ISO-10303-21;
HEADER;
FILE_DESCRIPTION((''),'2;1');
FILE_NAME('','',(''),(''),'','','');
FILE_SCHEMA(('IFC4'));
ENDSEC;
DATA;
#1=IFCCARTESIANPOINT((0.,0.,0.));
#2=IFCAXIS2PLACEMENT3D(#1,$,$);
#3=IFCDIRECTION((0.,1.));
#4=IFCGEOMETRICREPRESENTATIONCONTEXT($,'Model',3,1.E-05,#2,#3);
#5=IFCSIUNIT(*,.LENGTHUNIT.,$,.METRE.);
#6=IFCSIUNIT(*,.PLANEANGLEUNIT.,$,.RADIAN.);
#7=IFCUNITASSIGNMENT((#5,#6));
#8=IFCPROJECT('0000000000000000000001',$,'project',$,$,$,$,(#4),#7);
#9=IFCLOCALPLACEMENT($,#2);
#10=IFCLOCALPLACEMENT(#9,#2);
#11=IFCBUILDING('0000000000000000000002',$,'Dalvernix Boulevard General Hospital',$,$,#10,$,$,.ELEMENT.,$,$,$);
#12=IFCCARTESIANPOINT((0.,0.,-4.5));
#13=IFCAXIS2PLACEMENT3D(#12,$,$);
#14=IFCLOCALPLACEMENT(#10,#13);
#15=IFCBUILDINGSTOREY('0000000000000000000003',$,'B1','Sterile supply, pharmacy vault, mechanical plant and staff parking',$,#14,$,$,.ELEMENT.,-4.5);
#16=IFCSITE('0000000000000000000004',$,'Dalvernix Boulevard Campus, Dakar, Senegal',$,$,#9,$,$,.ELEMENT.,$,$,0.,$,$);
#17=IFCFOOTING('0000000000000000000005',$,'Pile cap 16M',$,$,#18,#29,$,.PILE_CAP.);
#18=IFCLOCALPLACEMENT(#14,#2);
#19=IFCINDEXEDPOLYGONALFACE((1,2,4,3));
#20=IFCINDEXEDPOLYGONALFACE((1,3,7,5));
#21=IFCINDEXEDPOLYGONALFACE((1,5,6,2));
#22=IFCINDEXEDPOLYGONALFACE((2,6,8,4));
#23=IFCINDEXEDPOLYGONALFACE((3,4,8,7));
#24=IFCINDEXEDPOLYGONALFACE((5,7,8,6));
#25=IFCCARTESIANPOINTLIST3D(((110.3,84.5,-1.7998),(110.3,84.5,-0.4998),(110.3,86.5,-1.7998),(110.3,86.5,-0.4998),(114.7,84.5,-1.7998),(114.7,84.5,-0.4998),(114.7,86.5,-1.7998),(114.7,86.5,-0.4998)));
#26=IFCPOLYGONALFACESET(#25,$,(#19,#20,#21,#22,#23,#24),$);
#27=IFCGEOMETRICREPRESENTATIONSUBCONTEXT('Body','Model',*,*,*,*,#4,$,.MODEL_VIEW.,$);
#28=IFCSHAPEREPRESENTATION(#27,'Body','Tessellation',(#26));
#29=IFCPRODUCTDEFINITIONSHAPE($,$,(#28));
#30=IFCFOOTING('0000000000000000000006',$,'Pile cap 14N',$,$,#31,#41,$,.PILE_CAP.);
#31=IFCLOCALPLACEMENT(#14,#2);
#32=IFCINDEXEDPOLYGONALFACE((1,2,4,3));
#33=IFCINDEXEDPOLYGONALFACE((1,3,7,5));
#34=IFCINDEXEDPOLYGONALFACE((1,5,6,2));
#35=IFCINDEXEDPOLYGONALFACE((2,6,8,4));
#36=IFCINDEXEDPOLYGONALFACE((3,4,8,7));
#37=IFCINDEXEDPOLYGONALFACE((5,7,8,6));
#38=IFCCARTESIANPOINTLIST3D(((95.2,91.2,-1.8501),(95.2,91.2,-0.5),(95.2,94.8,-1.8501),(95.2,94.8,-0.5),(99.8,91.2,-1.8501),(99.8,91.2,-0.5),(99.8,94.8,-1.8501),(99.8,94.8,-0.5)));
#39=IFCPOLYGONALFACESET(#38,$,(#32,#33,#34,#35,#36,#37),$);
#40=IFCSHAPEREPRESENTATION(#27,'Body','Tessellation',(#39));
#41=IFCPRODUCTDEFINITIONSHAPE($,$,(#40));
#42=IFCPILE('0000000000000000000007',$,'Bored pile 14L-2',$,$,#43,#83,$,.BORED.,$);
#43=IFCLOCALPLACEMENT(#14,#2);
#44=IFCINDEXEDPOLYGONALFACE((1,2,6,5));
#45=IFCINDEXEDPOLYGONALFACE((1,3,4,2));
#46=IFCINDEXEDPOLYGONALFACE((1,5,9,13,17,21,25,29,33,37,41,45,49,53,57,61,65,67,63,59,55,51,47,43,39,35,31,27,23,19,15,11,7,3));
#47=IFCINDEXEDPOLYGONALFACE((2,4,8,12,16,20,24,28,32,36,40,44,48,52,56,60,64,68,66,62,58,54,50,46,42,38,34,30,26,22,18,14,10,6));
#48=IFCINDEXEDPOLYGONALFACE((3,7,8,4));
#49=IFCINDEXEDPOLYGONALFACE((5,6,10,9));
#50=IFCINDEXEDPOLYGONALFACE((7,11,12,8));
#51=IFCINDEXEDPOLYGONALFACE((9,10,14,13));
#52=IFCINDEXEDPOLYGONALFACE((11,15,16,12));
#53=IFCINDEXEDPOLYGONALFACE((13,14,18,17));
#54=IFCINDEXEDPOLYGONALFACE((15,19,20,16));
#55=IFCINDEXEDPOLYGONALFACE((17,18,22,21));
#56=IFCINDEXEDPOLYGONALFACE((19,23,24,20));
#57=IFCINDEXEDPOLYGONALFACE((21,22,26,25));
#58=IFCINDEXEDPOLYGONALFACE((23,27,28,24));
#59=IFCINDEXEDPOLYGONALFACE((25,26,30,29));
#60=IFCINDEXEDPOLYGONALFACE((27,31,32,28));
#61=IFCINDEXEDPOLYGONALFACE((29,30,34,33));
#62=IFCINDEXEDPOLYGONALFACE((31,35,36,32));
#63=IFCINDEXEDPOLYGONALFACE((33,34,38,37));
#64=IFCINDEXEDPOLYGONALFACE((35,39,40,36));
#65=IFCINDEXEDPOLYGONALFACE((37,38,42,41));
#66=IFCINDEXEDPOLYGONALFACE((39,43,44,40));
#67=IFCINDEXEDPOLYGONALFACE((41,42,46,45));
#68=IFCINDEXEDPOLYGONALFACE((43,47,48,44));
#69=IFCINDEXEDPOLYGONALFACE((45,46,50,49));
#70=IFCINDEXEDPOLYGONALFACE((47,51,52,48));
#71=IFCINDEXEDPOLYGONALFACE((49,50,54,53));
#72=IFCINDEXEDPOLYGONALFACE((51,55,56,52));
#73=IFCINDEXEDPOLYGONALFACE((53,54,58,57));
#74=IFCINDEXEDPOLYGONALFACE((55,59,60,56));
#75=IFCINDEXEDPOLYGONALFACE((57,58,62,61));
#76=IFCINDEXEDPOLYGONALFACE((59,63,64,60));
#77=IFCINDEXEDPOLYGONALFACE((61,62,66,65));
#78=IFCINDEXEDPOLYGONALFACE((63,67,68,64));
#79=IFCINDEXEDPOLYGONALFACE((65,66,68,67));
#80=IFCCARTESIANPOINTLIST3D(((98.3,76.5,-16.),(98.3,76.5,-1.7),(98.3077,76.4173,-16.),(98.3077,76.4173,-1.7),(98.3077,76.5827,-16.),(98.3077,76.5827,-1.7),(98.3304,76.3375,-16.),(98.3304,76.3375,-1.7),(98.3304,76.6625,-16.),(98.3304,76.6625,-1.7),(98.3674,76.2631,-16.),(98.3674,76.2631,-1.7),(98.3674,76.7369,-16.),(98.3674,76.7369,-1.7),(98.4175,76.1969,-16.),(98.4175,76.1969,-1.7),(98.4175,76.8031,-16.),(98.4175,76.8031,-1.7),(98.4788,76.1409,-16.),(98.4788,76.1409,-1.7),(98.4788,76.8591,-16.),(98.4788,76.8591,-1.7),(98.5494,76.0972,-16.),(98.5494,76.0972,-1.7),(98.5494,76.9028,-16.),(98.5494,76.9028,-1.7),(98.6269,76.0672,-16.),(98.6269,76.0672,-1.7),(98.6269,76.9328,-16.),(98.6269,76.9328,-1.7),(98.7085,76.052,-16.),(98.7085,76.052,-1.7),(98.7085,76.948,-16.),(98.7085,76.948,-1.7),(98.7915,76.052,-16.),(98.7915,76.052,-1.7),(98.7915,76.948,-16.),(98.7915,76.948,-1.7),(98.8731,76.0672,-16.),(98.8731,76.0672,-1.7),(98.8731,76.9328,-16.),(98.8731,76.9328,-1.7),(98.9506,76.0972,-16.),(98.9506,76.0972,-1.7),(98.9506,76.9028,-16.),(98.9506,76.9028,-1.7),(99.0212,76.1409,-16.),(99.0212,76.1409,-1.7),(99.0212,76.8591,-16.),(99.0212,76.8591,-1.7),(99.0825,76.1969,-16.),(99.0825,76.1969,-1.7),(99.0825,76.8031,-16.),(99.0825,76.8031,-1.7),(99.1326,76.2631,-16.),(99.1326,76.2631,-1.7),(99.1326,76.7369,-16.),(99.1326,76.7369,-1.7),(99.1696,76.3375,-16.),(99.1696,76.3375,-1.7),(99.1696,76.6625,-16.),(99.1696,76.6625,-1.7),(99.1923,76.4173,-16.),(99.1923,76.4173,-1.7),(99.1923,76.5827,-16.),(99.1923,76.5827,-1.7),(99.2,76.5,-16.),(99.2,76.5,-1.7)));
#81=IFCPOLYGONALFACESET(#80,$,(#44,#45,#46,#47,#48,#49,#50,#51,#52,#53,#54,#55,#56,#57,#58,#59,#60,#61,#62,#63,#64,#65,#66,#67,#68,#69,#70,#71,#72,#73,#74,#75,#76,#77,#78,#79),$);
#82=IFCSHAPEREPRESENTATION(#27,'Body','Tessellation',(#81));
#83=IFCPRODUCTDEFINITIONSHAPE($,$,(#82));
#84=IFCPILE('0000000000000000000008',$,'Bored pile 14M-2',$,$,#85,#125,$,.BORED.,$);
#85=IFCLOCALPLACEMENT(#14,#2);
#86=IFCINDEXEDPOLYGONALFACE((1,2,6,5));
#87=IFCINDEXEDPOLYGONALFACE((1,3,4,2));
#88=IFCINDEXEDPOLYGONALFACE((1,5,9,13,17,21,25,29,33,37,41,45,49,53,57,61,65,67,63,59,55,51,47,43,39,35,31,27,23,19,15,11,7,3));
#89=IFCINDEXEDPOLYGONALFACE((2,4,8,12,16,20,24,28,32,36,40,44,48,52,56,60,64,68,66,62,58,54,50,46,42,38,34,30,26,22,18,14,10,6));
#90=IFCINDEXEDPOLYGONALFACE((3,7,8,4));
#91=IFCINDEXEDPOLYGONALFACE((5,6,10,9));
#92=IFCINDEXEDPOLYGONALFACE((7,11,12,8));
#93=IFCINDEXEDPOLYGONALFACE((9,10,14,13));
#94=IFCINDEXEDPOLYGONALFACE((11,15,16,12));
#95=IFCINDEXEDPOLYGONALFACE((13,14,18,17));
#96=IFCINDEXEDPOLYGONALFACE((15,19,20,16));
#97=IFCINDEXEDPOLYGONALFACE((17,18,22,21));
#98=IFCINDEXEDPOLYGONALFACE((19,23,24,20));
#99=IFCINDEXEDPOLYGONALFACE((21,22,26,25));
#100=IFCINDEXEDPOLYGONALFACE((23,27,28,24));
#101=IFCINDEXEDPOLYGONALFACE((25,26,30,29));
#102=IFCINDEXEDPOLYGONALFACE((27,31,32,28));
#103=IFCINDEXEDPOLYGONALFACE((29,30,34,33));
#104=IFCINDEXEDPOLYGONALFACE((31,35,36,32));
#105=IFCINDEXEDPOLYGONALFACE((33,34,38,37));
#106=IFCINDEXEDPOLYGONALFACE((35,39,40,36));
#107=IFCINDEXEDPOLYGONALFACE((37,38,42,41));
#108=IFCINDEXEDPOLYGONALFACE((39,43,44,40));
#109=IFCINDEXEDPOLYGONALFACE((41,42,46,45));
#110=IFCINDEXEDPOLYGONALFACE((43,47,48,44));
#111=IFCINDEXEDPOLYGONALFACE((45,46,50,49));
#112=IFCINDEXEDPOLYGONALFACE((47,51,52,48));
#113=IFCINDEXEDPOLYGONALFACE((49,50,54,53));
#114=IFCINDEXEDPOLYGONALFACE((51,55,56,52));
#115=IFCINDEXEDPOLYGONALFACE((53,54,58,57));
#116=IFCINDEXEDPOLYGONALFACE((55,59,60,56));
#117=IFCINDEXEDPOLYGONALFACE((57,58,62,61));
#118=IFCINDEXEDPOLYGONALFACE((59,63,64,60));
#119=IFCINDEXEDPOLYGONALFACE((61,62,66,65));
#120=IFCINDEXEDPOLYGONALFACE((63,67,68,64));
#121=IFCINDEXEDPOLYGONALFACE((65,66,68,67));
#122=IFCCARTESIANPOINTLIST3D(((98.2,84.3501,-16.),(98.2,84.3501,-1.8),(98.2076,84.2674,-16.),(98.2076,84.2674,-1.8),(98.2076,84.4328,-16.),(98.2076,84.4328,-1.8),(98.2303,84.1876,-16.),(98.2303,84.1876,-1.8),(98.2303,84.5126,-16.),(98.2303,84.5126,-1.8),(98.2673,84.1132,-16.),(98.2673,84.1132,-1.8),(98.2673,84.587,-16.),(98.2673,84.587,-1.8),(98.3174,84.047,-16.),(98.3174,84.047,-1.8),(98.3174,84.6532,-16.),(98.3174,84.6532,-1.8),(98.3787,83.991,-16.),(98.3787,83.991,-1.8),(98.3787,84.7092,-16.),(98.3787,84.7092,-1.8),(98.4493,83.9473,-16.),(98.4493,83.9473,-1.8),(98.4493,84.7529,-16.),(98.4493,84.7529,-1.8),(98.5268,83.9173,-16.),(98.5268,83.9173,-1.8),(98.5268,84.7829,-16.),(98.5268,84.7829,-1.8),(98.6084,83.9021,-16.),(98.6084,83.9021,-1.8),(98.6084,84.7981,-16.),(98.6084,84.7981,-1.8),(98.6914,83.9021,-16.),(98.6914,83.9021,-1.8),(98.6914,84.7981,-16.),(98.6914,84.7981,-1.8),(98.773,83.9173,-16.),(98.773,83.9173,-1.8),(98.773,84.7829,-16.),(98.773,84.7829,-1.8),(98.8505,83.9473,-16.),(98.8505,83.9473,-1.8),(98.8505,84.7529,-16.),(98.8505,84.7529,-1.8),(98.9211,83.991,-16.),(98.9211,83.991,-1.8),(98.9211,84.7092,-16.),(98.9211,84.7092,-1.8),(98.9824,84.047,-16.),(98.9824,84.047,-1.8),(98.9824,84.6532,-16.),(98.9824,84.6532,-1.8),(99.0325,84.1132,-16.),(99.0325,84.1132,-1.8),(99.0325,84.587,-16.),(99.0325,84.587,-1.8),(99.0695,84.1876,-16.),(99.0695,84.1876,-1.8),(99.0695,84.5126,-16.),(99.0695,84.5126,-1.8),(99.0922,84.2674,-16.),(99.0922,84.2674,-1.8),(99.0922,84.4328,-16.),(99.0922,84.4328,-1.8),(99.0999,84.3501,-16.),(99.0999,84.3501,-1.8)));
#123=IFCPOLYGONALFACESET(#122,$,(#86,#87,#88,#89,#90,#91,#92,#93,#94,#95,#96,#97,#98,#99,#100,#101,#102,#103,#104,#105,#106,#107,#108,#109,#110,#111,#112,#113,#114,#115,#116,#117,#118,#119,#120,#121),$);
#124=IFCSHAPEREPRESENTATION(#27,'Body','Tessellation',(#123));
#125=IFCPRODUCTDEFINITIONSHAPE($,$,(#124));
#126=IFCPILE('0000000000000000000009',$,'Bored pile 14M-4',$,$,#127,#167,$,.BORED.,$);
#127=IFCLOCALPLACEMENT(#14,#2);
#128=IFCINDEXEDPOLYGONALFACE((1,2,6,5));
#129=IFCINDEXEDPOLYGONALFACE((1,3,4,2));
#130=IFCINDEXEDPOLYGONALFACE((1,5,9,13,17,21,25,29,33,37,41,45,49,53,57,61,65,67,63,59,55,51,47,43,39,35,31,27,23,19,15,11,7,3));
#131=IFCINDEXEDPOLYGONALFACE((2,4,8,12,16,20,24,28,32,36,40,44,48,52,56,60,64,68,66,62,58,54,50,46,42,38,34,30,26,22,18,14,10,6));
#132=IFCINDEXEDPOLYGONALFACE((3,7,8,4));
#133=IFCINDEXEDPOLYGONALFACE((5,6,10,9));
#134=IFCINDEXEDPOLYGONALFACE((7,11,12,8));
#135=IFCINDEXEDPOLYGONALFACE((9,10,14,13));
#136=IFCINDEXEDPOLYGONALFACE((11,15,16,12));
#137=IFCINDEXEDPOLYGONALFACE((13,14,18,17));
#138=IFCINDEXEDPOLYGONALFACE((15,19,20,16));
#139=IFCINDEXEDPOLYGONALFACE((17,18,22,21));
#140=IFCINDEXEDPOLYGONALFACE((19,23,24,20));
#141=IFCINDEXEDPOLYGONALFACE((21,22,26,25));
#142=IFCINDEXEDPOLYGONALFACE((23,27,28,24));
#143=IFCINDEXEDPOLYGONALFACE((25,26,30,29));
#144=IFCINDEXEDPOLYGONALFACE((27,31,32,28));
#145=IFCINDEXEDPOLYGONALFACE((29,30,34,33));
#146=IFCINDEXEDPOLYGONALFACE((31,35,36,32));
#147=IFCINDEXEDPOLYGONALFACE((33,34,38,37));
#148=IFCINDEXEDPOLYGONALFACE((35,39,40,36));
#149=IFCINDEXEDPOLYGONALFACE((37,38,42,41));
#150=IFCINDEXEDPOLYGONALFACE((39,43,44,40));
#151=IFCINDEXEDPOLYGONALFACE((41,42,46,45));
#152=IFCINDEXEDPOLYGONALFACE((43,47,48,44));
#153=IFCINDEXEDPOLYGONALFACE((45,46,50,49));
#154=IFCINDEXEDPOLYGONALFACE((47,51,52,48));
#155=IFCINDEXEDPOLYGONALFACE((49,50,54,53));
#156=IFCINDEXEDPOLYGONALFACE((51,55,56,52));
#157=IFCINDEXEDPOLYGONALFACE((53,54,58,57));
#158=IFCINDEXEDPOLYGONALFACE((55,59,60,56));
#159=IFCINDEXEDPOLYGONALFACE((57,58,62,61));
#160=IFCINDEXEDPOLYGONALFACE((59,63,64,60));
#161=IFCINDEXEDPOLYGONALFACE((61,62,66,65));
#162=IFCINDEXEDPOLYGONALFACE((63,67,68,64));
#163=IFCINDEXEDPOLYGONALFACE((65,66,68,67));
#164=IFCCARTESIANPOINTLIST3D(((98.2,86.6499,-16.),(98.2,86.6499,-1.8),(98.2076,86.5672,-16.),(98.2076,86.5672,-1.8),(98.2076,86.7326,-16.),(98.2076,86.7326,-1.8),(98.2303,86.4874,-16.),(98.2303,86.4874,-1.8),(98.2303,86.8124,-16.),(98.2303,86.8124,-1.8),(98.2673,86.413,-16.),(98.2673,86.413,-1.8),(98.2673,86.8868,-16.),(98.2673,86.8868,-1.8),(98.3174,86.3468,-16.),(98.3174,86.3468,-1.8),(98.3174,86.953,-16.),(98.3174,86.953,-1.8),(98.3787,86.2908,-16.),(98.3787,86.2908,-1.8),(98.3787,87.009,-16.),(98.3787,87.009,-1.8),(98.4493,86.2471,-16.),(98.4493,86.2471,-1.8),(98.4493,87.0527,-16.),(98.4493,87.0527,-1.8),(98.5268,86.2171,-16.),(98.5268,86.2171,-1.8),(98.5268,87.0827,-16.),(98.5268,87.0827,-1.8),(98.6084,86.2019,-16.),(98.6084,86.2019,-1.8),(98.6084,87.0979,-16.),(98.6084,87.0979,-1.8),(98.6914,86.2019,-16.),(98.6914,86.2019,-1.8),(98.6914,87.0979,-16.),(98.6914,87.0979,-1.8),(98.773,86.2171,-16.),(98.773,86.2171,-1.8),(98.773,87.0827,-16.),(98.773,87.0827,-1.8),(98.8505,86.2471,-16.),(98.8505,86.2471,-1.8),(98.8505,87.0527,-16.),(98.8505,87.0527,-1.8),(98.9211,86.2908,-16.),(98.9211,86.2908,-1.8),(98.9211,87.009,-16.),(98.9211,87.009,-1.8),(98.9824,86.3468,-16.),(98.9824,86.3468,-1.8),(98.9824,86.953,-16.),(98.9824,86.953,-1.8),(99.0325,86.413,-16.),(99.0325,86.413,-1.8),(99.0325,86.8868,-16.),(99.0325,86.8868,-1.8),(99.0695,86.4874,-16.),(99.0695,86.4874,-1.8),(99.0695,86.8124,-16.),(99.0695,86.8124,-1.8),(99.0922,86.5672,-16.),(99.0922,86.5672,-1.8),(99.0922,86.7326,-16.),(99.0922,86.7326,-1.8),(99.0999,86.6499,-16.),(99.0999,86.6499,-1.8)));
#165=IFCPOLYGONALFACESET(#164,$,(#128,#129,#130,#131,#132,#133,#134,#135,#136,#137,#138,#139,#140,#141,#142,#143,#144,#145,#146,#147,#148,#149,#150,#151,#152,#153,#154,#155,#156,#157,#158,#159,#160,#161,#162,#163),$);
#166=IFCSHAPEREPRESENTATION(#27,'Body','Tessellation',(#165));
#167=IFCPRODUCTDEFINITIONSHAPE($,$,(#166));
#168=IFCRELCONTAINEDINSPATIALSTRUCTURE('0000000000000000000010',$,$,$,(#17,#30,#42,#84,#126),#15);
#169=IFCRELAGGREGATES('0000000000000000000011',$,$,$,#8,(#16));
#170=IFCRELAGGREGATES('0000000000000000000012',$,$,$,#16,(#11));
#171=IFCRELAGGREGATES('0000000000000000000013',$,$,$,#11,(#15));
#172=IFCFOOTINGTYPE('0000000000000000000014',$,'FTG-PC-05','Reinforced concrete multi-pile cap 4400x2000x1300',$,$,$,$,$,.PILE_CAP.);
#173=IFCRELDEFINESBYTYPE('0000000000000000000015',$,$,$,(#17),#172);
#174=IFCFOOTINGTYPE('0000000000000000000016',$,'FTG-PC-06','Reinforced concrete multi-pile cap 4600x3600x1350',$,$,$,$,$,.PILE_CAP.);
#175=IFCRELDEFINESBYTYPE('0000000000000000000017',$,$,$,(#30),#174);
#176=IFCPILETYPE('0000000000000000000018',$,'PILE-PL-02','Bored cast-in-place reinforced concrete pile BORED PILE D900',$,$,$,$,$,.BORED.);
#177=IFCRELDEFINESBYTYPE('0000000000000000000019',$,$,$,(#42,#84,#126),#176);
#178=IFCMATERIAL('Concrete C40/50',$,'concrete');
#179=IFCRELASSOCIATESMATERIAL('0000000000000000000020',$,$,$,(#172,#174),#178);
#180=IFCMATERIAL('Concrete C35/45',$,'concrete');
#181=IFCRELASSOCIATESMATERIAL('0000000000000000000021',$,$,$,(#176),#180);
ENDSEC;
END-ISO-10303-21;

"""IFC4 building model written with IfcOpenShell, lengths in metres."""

from ifc_helpers import new_model, si_unit, direction, frame, origin, origin_2d, place, context, subcontext, project, spatial, rectangle, circle, extrude, material, material_profile, profile_set, type_object, element, save


model = new_model("IFC4")

# Units and contexts
model_context = context("Model", 3, precision=1e-05, world=origin(), true_north=direction((0.0, 1.0)))
body_context = subcontext(model_context, "Body", "Model", "MODEL_VIEW")
ifc_project = project(units=[si_unit("LENGTHUNIT", "METRE"), si_unit("PLANEANGLEUNIT", "RADIAN")], contexts=[model_context])

# Site, building, storey
site_placement = place(None, origin())
site = spatial("IfcSite", under=ifc_project, at=site_placement, Name="Dalvernix Boulevard Campus, Dakar, Senegal", CompositionType="ELEMENT", RefElevation=0.0)
building_placement = place(site_placement, origin())
building = spatial("IfcBuilding", under=site, at=building_placement, Name="Dalvernix Boulevard General Hospital", CompositionType="ELEMENT")
storey_placement = place(building_placement, frame((0.0, 0.0, -4.5)))
storey = spatial("IfcBuildingStorey", under=building, at=storey_placement, Name="B1", Description="Sterile supply, pharmacy vault, mechanical plant and staff parking", CompositionType="ELEMENT", Elevation=-4.5)

# Footings
ifc_material_1 = material(Name="Concrete C35/45", Category="concrete")
ifc_material_2 = material(Name="Concrete C40/50", Category="concrete")
footing_type_1 = type_object("IfcFootingType", Name="FTG-PC-05", Description="Reinforced concrete multi-pile cap 4400x2000x1300", PredefinedType="PILE_CAP", material=ifc_material_2)
for number, where, z_axis, x_axis, name in (
    (1, (112.5, 85.5, -1.7998), (0.0, 0.0, 1.0), (1.0, 0.0, 0.0), "Pile cap 16M"),
):
    element("IfcFooting", number, at=place(storey_placement, frame(where, z_axis=z_axis, x_axis=x_axis)), inside=storey, type_object=footing_type_1, Name=name, PredefinedType="PILE_CAP", context=body_context, shape_type="SweptSolid", body=[
        extrude(rectangle(XDim=4.3999, YDim=2.0, at=origin_2d()), origin(), (0.0, 0.0, 1.0), 1.3),
    ])
footing_type_2 = type_object("IfcFootingType", Name="FTG-PC-06", Description="Reinforced concrete multi-pile cap 4600x3600x1350", PredefinedType="PILE_CAP", material=ifc_material_2)
footing_1_placement = place(storey_placement, frame((97.5, 93.0, -1.8501), z_axis=(0.0, 0.0, 1.0), x_axis=(1.0, 0.0, 0.0)))
element("IfcFooting", 2, at=footing_1_placement, inside=storey, type_object=footing_type_2, Name="Pile cap 14N", PredefinedType="PILE_CAP", context=body_context, shape_type="SweptSolid", body=[
    extrude(rectangle(XDim=4.6001, YDim=3.6001, at=origin_2d()), origin(), (0.0, 0.0, 1.0), 1.3501),
])

# Piles
ifc_material_profile_1 = material_profile(ifc_material_1, circle(Radius=0.45, at=origin_2d()), Name="BORED PILE D900")
ifc_profile_set_1 = profile_set([ifc_material_profile_1], Name="Concrete C35/45")
pile_type = type_object("IfcPileType", Name="PILE-PL-02", Description="Bored cast-in-place reinforced concrete pile BORED PILE D900", PredefinedType="BORED", material=ifc_profile_set_1)
pile_1_placement = place(storey_placement, frame((98.75, 76.5, -1.7), z_axis=(0.0, 0.0, -1.0), x_axis=(1.0, 0.0, 0.0)))
element("IfcPile", 3, at=pile_1_placement, inside=storey, type_object=pile_type, Name="Bored pile 14L-2", PredefinedType="BORED", context=body_context, shape_type="SweptSolid", body=[
    extrude(circle(Radius=0.45, at=origin_2d()), origin(), (0.0, 0.0, 1.0), 14.3),
])
for number, where, z_axis, x_axis, name in (
    (4, (98.6499, 84.3501, -1.8), (0.0, 0.0, -1.0), (1.0, 0.0, 0.0), "Bored pile 14M-2"),
    (5, (98.6499, 86.6499, -1.8), (0.0, 0.0, -1.0), (1.0, 0.0, 0.0), "Bored pile 14M-4"),
):
    element("IfcPile", number, at=place(storey_placement, frame(where, z_axis=z_axis, x_axis=x_axis)), inside=storey, type_object=pile_type, Name=name, PredefinedType="BORED", context=body_context, shape_type="SweptSolid", body=[
        extrude(circle(Radius=0.45, at=origin_2d()), origin(), (0.0, 0.0, 1.0), 14.2),
    ])

save(model, "model.ifc")
